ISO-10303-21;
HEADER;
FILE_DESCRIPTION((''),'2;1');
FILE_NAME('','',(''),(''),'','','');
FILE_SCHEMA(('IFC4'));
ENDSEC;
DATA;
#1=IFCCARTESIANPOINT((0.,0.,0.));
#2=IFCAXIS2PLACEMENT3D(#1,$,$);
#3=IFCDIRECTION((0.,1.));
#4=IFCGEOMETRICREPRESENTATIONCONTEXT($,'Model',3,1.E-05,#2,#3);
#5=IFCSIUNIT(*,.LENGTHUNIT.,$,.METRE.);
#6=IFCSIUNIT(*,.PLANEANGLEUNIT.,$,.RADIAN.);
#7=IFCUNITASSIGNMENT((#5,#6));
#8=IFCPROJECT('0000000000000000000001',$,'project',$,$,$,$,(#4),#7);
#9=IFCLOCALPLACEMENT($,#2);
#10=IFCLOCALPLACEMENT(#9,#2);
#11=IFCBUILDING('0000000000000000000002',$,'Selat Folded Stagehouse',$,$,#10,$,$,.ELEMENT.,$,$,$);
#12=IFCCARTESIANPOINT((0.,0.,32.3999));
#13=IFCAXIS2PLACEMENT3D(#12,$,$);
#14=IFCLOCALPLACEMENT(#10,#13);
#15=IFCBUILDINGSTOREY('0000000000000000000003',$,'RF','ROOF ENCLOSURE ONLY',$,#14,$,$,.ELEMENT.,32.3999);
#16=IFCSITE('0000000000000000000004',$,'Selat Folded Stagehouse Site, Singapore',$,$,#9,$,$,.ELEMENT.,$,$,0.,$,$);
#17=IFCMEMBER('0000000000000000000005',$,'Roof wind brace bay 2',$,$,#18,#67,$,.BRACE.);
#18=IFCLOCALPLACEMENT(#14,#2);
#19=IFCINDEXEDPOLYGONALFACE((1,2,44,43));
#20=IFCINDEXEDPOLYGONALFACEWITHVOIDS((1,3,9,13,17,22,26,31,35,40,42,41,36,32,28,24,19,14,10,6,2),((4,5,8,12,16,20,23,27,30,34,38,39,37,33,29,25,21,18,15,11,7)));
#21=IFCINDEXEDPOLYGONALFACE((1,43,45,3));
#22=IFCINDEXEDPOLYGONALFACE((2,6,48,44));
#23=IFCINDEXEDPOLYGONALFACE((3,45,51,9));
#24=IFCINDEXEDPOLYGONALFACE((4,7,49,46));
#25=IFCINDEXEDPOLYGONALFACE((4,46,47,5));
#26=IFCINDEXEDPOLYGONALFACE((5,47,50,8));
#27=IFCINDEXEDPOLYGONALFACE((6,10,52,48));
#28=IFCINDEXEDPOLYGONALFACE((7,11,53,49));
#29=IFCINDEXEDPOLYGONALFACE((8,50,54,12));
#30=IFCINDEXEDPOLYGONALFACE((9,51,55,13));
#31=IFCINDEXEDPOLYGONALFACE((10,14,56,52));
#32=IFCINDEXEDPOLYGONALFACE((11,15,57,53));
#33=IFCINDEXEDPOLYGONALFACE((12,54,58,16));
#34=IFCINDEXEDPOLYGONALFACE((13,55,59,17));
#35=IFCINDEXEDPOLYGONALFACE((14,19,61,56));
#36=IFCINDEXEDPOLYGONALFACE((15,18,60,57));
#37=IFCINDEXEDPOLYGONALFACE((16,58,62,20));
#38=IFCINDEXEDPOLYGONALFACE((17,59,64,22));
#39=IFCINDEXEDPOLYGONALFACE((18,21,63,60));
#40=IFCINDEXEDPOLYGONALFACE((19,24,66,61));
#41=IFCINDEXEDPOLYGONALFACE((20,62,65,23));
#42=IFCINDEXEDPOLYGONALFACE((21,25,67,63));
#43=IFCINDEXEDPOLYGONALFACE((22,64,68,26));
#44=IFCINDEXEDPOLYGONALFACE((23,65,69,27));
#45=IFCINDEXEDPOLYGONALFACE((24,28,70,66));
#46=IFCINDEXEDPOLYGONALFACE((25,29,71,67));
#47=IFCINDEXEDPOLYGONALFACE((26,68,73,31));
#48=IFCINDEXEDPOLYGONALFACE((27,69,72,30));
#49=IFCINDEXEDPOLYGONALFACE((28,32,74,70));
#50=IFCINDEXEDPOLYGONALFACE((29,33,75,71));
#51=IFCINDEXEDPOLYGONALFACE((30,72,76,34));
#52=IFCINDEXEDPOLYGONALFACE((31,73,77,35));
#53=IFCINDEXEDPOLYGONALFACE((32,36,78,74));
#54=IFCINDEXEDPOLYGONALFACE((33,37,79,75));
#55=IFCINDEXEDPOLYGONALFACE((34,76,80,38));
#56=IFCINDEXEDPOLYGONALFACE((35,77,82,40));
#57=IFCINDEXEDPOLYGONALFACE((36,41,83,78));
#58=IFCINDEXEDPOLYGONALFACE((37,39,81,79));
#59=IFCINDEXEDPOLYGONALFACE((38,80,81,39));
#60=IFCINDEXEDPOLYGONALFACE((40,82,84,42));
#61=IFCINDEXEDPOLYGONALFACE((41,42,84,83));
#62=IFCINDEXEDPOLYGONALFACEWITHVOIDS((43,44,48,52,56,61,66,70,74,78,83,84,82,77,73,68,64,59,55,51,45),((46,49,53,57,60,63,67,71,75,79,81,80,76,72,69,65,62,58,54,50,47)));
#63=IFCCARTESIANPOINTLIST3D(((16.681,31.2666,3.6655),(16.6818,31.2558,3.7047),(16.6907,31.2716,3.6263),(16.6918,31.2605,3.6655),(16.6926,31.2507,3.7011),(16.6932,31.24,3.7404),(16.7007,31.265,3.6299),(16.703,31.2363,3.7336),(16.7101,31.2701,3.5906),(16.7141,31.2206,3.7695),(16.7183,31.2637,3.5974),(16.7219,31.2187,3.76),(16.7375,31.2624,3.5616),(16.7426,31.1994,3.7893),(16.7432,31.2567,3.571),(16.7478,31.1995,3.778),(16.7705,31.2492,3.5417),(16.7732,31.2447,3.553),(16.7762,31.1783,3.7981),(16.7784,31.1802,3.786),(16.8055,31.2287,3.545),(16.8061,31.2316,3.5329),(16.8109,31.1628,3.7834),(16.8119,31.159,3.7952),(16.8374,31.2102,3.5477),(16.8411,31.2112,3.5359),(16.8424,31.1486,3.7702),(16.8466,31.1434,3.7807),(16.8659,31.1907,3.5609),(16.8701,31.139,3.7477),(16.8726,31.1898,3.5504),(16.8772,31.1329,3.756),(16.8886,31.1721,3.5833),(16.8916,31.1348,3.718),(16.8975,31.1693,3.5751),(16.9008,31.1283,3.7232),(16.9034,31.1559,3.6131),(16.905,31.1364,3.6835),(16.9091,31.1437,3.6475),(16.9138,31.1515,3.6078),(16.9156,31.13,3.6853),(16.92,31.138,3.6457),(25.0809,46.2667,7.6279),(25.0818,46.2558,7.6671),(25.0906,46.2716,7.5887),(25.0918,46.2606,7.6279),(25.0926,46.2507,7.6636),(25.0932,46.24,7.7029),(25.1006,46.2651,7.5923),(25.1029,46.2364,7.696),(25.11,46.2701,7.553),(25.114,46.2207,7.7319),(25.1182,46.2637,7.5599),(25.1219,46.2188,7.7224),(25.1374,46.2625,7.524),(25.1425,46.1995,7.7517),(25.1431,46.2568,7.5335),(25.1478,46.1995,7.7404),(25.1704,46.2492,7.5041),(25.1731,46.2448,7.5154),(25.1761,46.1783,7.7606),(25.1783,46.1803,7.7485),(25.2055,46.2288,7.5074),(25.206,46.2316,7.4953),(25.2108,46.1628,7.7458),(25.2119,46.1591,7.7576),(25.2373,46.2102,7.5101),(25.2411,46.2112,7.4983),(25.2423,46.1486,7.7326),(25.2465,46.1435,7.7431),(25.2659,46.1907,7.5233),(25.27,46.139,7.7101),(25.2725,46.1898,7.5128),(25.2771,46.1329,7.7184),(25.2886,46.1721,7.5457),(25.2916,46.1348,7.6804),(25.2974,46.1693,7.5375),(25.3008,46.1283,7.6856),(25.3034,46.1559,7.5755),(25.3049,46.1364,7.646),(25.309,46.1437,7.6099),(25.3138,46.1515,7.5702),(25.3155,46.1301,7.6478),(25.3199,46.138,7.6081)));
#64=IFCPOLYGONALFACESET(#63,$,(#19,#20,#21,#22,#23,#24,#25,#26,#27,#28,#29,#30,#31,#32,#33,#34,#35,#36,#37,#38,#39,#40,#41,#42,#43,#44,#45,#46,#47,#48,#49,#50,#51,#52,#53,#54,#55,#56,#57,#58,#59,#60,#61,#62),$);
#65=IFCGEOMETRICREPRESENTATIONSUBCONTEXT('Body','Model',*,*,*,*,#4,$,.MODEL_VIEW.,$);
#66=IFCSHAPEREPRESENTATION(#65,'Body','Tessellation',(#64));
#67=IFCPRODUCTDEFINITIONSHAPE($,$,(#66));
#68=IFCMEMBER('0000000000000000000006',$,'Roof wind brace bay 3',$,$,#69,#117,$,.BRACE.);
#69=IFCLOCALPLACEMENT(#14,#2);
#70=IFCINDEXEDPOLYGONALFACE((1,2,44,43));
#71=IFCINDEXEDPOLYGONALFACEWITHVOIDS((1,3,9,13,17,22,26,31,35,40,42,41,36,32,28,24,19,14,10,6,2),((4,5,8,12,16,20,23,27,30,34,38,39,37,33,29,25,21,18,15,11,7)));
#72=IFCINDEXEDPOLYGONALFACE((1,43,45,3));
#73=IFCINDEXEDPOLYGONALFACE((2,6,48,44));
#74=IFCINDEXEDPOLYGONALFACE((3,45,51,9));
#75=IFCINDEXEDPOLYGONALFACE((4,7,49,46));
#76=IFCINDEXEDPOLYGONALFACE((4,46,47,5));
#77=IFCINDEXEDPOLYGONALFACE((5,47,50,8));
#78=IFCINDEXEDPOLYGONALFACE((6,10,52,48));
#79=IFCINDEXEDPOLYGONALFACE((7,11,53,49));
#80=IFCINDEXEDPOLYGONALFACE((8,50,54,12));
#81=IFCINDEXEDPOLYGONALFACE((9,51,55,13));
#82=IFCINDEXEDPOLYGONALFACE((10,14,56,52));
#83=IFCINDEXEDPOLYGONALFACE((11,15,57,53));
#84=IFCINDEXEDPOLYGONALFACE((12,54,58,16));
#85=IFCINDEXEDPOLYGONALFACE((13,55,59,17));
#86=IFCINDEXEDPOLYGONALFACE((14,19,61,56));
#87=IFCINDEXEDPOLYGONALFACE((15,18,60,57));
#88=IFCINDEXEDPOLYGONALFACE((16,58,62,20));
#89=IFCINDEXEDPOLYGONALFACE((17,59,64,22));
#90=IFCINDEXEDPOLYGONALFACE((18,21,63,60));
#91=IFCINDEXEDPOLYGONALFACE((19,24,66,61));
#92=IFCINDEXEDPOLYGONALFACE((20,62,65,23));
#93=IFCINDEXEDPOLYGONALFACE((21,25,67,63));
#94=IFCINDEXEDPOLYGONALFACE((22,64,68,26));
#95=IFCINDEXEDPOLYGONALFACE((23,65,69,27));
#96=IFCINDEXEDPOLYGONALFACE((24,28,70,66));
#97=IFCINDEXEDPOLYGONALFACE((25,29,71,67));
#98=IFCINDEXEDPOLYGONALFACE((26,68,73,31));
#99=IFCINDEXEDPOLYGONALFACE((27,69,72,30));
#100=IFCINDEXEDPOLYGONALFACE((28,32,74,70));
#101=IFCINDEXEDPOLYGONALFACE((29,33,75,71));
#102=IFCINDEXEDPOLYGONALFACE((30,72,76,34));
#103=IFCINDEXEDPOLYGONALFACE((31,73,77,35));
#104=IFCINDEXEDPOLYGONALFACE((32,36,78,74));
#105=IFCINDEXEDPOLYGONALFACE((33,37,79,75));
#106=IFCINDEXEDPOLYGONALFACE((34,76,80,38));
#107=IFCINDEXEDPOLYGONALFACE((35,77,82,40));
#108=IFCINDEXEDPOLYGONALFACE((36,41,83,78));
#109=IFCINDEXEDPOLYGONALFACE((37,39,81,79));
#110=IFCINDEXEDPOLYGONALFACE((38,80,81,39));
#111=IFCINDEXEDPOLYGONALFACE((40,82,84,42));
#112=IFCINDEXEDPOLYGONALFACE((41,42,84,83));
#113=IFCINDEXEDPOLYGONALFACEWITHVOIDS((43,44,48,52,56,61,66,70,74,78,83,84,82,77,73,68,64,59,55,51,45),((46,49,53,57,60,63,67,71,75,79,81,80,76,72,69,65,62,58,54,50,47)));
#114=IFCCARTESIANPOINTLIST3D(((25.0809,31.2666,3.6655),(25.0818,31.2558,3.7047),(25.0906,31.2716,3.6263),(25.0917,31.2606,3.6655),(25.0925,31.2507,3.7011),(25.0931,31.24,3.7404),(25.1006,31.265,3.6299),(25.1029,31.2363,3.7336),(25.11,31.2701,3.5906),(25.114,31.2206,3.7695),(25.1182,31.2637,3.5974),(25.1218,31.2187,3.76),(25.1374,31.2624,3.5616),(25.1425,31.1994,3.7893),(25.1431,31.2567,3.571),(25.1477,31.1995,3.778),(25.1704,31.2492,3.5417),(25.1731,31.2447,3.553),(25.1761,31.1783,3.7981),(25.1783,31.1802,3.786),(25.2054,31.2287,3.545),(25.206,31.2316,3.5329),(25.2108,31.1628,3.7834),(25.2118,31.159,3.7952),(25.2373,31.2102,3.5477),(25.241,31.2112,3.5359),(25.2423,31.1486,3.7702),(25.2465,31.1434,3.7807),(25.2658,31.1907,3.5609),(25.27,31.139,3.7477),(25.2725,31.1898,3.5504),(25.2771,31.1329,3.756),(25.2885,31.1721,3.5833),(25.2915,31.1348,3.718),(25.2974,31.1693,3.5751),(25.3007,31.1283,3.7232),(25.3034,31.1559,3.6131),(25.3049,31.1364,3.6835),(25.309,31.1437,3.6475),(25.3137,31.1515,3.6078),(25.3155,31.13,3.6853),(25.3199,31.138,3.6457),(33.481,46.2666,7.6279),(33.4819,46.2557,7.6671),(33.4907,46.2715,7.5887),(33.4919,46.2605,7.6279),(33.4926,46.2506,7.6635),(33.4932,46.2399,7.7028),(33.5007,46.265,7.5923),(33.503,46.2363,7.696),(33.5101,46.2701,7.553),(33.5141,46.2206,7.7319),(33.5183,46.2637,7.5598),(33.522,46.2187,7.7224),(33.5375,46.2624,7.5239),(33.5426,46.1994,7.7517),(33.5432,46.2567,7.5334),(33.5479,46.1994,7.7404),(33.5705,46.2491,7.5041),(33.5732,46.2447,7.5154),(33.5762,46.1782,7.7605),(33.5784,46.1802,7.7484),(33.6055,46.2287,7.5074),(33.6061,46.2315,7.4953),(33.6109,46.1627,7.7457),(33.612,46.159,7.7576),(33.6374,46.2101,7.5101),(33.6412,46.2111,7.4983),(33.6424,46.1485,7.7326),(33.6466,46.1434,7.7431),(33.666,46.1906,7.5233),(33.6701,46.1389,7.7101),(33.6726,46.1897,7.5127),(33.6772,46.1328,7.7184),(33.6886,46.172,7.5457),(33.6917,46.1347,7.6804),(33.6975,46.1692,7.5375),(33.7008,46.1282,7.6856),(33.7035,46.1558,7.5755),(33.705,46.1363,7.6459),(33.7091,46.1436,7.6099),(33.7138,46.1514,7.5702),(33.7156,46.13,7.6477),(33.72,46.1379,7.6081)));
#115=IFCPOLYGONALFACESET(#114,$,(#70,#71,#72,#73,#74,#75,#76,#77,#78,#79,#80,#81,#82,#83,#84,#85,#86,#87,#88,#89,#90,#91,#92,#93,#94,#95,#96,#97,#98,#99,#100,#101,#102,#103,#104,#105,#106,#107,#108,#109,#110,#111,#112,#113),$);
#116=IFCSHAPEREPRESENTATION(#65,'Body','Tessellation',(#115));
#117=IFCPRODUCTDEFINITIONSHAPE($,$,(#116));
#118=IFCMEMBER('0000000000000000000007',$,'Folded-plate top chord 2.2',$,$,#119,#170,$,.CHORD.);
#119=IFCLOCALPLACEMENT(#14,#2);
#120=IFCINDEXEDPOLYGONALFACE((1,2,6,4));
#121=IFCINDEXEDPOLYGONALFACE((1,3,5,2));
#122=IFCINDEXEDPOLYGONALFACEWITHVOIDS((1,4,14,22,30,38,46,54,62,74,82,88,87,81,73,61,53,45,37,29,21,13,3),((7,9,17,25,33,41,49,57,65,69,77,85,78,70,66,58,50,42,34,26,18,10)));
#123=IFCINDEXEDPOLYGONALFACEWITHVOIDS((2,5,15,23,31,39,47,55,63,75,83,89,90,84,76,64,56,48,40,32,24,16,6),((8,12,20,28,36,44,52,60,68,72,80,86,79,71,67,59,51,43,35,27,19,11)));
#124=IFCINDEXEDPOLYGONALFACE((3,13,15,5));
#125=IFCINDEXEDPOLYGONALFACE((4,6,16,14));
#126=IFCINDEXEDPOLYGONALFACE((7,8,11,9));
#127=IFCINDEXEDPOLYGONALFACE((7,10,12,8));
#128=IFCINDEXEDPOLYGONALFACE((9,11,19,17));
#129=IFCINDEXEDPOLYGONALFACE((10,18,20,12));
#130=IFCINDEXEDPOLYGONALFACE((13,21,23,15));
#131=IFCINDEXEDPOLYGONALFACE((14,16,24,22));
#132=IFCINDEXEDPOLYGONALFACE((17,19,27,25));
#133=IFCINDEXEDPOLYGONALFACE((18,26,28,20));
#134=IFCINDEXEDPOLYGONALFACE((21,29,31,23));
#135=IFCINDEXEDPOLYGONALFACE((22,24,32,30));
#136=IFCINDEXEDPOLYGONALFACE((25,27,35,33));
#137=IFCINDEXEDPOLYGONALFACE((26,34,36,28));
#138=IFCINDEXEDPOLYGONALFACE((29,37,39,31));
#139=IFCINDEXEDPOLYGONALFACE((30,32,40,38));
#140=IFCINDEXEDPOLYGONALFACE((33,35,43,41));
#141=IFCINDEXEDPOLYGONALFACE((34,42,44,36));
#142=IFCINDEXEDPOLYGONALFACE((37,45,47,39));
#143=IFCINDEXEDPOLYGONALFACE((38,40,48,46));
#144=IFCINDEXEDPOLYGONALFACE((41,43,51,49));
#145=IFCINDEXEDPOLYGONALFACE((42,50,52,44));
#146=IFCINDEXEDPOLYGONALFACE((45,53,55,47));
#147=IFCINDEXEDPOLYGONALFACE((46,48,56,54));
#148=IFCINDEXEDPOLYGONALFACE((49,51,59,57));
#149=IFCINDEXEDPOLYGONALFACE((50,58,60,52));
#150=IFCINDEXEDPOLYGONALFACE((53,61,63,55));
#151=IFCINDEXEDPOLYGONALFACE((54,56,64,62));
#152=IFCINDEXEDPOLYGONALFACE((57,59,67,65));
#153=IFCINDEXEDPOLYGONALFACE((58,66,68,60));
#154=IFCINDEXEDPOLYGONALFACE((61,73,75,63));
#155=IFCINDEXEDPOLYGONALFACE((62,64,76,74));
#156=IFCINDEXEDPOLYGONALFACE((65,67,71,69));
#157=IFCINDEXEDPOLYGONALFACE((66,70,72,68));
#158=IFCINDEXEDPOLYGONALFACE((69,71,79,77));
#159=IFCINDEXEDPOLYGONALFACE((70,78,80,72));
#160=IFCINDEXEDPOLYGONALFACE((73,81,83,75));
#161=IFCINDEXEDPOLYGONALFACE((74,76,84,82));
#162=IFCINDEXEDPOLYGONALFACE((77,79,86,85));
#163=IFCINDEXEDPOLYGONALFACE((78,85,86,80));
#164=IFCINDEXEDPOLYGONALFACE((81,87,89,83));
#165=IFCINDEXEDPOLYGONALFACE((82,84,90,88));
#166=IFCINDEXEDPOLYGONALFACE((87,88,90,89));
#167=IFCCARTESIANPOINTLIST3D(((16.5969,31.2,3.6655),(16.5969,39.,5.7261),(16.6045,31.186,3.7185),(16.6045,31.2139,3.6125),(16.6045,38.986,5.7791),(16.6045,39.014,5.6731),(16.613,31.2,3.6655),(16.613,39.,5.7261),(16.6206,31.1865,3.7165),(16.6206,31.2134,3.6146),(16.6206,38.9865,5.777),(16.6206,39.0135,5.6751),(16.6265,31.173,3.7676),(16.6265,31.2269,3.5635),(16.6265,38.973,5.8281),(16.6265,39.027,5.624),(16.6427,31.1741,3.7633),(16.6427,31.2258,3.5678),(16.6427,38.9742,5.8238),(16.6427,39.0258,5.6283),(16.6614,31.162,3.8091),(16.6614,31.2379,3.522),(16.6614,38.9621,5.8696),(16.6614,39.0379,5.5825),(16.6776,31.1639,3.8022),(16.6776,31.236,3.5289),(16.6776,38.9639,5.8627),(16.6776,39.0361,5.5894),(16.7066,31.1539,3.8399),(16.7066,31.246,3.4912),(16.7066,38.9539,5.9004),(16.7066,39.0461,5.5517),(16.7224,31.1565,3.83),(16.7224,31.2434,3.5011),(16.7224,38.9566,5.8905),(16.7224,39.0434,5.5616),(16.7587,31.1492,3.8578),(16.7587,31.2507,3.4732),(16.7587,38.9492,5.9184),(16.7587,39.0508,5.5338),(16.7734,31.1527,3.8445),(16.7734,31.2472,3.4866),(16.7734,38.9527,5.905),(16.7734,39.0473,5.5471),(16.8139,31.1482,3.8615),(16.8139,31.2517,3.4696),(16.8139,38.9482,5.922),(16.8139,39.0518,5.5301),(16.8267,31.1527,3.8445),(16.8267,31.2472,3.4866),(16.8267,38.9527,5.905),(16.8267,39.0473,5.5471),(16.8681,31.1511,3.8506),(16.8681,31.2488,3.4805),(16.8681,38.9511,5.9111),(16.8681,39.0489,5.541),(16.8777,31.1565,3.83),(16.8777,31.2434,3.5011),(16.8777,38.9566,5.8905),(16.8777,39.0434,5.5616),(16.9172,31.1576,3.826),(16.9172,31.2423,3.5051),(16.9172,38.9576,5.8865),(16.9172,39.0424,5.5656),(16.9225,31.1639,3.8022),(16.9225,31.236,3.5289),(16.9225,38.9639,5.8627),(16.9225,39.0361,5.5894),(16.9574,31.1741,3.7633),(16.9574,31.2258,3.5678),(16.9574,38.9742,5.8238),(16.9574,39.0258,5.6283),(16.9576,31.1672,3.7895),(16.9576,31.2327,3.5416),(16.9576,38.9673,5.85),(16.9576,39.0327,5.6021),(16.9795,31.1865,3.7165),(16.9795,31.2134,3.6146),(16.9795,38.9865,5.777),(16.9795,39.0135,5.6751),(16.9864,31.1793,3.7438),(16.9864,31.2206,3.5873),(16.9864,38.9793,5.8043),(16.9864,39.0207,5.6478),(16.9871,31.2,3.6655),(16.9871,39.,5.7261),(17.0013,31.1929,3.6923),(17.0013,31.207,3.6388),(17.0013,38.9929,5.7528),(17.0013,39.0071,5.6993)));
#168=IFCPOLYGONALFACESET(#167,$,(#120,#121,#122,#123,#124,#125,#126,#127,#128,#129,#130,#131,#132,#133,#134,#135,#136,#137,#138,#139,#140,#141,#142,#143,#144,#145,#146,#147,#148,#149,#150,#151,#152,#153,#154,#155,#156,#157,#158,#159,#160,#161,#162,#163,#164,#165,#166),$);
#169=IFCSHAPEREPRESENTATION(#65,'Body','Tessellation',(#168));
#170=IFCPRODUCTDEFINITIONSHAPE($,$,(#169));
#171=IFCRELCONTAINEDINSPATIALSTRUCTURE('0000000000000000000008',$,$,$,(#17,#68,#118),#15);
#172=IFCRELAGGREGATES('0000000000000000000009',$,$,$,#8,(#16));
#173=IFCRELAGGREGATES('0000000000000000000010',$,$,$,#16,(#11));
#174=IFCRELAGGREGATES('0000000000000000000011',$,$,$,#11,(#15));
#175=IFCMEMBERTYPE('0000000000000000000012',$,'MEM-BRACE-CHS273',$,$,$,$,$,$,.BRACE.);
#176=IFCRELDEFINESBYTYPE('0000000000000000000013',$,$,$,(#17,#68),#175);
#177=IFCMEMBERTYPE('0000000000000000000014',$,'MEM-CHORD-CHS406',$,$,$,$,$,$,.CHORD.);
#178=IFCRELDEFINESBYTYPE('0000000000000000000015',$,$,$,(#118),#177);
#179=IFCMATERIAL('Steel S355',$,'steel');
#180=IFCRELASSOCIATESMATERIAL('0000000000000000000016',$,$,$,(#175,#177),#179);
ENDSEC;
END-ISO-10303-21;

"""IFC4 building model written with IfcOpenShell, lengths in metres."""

from ifc_helpers import new_model, si_unit, direction, frame, origin, origin_2d, place, context, subcontext, project, spatial, hollow_circle, extrude, material, material_profile, profile_set, type_object, element, save


model = new_model("IFC4")

# Units and contexts
model_context = context("Model", 3, precision=1e-05, world=origin(), true_north=direction((0.0, 1.0)))
body_context = subcontext(model_context, "Body", "Model", "MODEL_VIEW")
ifc_project = project(units=[si_unit("LENGTHUNIT", "METRE"), si_unit("PLANEANGLEUNIT", "RADIAN")], contexts=[model_context])

# Site, building, storey
site_placement = place(None, origin())
site = spatial("IfcSite", under=ifc_project, at=site_placement, Name="Selat Folded Stagehouse Site, Singapore", CompositionType="ELEMENT", RefElevation=0.0)
building_placement = place(site_placement, origin())
building = spatial("IfcBuilding", under=site, at=building_placement, Name="Selat Folded Stagehouse", CompositionType="ELEMENT")
storey_placement = place(building_placement, frame((0.0, 0.0, 32.3999)))
storey = spatial("IfcBuildingStorey", under=building, at=storey_placement, Name="RF", Description="ROOF ENCLOSURE ONLY", CompositionType="ELEMENT", Elevation=32.3999)

# Shared definitions
ifc_material = material(Name="Steel S355", Category="steel")

# Members
ifc_material_profile_1 = material_profile(ifc_material, hollow_circle(Radius=0.1365, WallThickness=0.0125, at=origin_2d()), Name="CHS 273.0x12.5")
ifc_profile_set_1 = profile_set([ifc_material_profile_1], Name="Steel S355")
member_type_1 = type_object("IfcMemberType", Name="MEM-BRACE-CHS273", PredefinedType="BRACE", material=ifc_profile_set_1)
for number, where, z_axis, x_axis, name in (
    (1, (16.8, 31.2, 3.6655), (0.476117, 0.850218, 0.224594), (-0.872508, 0.488599, 0.0), "Roof wind brace bay 2"),
    (2, (25.2, 31.2, 3.6655), (0.476127, 0.850212, 0.224592), (-0.872502, 0.48861, 0.0), "Roof wind brace bay 3"),
):
    element("IfcMember", number, at=place(storey_placement, frame(where, z_axis=z_axis, x_axis=x_axis)), inside=storey, type_object=member_type_1, Name=name, PredefinedType="BRACE", context=body_context, shape_type="SweptSolid", body=[
        extrude(hollow_circle(Radius=0.1365, WallThickness=0.0125, at=origin_2d()), origin(), (0.0, 0.0, 1.0), 17.6426),
    ])
ifc_material_profile_2 = material_profile(ifc_material, hollow_circle(Radius=0.2031, WallThickness=0.0161, at=origin_2d()), Name="CHS 406.4x16.0")
ifc_profile_set_2 = profile_set([ifc_material_profile_2], Name="Steel S355")
member_type_2 = type_object("IfcMemberType", Name="MEM-CHORD-CHS406", PredefinedType="CHORD", material=ifc_profile_set_2)
member_1_placement = place(storey_placement, frame((16.8, 31.2, 3.6655), z_axis=(0.0, 0.966833, 0.255409), x_axis=(-1.0, 0.0, 0.0)))
element("IfcMember", 3, at=member_1_placement, inside=storey, type_object=member_type_2, Name="Folded-plate top chord 2.2", PredefinedType="CHORD", context=body_context, shape_type="SweptSolid", body=[
    extrude(hollow_circle(Radius=0.2031, WallThickness=0.0161, at=origin_2d()), origin(), (0.0, 0.0, 1.0), 8.0676),
])

save(model, "model.ifc")
